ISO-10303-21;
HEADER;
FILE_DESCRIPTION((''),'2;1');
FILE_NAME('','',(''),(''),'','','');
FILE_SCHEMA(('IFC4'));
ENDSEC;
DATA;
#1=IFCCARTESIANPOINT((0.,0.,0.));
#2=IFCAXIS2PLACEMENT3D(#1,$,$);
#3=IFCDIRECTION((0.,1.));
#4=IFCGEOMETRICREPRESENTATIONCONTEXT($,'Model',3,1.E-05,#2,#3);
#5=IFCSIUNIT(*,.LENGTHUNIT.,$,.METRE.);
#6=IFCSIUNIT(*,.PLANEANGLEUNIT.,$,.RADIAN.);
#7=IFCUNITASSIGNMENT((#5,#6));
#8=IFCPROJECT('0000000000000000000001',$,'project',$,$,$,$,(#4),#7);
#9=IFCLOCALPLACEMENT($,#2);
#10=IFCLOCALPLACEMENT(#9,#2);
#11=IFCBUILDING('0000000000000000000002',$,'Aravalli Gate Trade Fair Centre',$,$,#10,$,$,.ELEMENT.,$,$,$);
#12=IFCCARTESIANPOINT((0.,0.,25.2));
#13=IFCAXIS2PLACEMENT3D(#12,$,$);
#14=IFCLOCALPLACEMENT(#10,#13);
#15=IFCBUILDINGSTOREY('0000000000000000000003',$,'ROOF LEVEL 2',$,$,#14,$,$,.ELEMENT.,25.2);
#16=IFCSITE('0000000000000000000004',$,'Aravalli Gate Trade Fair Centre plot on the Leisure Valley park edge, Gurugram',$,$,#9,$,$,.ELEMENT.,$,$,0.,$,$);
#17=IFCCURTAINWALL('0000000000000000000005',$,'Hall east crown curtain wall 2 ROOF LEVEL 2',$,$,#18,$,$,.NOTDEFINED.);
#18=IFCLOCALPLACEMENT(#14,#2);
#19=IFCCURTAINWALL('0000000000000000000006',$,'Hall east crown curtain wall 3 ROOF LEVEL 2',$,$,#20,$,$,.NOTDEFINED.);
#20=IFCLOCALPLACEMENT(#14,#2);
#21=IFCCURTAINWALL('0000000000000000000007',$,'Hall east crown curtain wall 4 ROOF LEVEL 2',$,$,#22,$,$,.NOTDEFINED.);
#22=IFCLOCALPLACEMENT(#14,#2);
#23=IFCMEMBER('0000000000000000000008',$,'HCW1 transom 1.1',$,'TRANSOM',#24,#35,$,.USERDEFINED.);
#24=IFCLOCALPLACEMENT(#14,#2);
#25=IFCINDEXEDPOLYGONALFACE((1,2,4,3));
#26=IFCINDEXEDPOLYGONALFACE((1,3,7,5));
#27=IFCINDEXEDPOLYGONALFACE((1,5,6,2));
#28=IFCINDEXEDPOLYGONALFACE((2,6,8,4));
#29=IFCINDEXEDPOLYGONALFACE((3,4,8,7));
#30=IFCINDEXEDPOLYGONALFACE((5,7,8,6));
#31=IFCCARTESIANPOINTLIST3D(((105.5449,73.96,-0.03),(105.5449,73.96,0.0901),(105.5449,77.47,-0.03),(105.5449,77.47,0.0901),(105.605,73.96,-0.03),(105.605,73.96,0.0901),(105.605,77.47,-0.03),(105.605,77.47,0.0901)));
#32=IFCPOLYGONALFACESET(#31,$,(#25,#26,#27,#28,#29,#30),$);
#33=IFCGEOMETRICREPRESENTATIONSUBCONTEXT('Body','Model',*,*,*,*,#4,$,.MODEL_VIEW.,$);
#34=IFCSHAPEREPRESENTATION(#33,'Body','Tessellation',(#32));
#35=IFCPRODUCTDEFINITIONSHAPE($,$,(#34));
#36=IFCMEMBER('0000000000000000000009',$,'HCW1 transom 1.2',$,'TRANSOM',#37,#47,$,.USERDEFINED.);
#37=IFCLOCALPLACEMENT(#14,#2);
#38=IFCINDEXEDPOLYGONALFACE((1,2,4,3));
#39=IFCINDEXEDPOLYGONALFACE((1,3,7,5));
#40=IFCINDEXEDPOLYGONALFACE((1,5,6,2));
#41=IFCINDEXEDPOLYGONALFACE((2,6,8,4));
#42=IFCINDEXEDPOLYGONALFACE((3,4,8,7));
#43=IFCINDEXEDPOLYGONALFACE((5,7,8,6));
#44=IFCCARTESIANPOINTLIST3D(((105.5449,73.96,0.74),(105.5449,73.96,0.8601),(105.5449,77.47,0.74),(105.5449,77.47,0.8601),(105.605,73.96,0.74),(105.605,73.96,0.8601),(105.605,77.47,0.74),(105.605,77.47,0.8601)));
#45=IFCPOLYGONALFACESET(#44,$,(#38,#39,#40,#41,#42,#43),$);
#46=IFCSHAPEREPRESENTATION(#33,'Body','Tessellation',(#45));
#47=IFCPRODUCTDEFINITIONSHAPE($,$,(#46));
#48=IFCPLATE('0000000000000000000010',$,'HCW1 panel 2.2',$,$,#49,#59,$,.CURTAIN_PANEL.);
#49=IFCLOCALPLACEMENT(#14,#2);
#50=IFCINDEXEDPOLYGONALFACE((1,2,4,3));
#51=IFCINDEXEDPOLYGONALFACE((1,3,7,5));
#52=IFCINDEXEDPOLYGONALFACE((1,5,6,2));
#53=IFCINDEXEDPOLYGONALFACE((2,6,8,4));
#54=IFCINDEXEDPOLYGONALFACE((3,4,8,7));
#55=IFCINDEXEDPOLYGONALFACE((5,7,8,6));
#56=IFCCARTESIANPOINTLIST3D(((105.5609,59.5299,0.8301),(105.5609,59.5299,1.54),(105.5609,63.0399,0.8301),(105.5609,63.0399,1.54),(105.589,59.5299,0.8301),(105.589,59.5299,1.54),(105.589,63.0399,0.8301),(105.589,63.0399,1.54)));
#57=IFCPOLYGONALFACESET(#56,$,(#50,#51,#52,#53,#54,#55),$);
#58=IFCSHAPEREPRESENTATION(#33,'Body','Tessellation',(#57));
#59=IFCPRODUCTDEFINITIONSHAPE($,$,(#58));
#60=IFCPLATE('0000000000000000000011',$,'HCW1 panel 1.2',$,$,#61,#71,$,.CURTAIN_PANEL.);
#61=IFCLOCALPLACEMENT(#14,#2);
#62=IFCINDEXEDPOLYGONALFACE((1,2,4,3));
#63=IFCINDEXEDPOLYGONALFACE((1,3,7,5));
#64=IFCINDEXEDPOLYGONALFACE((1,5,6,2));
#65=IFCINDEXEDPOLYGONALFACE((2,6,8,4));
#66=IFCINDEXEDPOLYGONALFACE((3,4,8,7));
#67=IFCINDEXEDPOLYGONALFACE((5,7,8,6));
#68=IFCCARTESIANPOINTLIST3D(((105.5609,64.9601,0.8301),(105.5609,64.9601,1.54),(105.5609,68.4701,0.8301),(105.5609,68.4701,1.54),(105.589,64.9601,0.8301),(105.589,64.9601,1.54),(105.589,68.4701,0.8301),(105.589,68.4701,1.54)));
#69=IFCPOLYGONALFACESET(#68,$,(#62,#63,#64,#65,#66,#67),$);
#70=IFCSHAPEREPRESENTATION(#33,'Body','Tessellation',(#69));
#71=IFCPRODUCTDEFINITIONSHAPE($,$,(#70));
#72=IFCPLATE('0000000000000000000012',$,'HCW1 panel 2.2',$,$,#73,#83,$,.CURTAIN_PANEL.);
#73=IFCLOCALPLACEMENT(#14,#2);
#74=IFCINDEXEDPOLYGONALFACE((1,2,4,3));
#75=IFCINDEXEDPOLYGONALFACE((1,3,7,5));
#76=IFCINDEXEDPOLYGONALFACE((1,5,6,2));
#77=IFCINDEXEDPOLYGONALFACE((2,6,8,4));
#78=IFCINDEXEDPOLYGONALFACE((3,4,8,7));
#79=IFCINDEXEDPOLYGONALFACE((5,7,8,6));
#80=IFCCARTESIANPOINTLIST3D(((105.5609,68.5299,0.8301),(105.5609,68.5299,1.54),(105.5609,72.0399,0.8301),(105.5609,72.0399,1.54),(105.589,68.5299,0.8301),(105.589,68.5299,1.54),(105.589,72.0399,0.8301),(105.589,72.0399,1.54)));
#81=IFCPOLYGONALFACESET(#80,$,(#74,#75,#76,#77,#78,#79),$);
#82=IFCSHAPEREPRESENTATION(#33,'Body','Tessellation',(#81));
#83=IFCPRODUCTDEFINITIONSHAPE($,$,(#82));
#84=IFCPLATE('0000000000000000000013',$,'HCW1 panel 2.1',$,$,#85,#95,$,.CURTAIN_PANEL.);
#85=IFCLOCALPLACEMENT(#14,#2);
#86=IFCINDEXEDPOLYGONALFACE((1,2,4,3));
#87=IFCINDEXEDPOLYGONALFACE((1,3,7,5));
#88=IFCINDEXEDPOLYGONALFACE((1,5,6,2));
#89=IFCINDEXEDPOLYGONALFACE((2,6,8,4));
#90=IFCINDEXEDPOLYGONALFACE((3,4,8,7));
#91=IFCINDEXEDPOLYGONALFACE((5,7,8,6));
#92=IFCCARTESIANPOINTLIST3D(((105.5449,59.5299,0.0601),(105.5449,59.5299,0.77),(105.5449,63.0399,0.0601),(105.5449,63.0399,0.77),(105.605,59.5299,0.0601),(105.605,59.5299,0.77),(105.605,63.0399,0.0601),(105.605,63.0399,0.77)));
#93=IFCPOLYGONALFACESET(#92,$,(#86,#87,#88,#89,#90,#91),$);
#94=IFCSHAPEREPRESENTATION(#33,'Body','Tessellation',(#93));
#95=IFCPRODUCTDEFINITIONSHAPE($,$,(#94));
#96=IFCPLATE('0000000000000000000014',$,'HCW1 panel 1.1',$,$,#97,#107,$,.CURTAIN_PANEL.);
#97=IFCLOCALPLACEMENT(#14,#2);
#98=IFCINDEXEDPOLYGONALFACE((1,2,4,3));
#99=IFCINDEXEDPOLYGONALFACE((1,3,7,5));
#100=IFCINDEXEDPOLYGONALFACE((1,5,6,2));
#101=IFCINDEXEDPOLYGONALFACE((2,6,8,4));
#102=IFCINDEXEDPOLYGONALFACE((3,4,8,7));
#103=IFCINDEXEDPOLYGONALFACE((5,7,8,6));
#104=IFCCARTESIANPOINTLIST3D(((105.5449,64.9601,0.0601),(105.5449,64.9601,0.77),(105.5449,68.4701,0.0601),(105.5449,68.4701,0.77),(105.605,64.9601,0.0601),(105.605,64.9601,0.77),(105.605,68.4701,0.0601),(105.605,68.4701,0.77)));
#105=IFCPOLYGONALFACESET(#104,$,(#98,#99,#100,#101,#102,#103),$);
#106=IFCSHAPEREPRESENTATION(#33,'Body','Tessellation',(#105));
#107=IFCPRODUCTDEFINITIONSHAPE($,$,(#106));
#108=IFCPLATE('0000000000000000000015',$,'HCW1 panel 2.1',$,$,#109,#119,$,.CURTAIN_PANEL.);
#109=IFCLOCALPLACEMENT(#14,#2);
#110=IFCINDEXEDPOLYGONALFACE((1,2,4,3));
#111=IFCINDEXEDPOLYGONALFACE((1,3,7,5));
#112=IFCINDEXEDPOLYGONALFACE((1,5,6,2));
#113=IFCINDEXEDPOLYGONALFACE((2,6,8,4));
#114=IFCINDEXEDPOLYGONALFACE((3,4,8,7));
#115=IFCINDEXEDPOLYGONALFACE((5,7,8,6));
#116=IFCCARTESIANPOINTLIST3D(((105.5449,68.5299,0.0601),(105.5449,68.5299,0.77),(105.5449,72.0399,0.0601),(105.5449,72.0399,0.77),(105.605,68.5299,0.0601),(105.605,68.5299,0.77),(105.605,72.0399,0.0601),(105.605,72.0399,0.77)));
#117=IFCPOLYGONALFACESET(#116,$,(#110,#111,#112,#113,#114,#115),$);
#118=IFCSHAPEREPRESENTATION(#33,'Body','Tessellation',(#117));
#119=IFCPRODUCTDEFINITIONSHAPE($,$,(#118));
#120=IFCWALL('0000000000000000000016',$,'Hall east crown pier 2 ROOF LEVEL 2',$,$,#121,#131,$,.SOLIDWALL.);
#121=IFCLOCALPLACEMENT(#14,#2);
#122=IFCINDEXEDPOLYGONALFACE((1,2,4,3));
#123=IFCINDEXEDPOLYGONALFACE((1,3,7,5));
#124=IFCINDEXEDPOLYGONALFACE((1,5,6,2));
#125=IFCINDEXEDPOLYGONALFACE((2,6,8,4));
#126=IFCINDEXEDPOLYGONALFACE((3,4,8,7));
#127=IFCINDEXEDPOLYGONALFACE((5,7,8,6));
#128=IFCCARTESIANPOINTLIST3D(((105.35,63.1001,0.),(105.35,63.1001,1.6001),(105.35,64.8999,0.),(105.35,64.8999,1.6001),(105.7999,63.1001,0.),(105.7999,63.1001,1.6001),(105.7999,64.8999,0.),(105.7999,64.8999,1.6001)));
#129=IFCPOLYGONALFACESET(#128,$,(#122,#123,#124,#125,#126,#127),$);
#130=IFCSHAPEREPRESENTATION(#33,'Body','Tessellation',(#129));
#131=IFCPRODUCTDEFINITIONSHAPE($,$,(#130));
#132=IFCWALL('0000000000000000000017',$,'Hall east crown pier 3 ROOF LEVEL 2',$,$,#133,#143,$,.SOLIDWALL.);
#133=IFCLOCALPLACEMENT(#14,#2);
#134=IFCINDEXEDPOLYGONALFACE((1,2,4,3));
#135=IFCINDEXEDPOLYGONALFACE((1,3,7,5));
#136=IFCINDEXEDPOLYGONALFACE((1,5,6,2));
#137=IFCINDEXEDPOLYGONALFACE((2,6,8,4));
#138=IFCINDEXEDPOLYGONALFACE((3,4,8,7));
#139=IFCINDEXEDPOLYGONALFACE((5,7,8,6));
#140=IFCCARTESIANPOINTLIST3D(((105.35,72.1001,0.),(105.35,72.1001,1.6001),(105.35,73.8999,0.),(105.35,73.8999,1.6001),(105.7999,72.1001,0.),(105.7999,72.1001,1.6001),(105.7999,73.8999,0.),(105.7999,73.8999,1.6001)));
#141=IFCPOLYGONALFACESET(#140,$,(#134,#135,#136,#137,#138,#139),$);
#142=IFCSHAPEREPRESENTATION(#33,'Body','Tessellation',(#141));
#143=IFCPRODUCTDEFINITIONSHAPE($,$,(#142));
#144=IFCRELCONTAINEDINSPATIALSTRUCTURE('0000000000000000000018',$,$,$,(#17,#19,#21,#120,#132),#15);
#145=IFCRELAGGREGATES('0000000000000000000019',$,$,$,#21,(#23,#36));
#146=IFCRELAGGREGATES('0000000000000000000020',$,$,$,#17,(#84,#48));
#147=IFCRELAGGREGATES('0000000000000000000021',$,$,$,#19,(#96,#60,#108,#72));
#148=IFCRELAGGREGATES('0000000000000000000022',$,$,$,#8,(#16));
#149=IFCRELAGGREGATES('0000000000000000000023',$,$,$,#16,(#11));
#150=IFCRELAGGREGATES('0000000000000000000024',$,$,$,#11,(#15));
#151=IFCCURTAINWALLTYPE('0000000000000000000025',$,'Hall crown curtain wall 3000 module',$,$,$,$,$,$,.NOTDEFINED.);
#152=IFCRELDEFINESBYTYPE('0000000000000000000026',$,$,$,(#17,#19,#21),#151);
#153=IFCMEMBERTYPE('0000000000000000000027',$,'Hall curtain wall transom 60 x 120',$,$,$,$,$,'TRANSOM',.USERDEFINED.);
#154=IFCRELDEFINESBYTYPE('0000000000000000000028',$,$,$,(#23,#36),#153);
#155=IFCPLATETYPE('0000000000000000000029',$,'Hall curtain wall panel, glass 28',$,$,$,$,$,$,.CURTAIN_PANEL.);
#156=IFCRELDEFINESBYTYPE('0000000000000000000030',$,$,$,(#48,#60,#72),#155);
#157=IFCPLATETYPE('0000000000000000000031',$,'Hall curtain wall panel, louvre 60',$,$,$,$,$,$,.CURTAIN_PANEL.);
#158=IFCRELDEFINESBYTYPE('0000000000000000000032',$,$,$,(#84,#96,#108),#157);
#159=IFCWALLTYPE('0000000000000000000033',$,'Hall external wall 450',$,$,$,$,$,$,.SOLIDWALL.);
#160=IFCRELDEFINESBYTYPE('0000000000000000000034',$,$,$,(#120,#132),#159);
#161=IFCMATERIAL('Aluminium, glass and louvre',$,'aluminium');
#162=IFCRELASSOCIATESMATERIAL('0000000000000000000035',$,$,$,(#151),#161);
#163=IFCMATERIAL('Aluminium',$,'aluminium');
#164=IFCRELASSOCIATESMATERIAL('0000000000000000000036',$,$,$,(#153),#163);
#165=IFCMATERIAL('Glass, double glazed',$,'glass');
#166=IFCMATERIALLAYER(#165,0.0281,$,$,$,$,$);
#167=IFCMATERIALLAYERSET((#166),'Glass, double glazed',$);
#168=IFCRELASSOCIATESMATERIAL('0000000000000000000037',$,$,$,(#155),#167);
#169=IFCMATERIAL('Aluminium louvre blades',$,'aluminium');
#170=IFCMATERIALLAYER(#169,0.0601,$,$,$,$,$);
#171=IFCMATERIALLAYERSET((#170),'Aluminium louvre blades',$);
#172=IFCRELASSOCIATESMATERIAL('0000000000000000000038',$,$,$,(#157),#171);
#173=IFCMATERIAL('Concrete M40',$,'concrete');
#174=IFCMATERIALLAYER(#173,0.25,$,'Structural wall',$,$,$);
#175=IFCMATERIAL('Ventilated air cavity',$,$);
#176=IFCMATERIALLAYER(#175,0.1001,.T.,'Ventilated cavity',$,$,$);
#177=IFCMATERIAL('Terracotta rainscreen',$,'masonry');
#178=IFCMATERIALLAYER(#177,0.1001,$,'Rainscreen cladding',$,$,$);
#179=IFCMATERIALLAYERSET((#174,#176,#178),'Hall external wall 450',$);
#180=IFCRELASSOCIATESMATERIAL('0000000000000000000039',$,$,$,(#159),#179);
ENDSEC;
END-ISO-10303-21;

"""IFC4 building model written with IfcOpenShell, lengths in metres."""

from ifc_helpers import new_model, si_unit, direction, frame, frame_2d, origin, origin_2d, place, context, subcontext, project, spatial, rectangle, extrude, material, layer, layer_set, material_profile, profile_set, type_object, element, aggregate, save


model = new_model("IFC4")

# Units and contexts
model_context = context("Model", 3, precision=1e-05, world=origin(), true_north=direction((0.0, 1.0)))
body_context = subcontext(model_context, "Body", "Model", "MODEL_VIEW")
ifc_project = project(units=[si_unit("LENGTHUNIT", "METRE"), si_unit("PLANEANGLEUNIT", "RADIAN")], contexts=[model_context])

# Site, building, storey
site_placement = place(None, origin())
site = spatial("IfcSite", under=ifc_project, at=site_placement, Name="Aravalli Gate Trade Fair Centre plot on the Leisure Valley park edge, Gurugram", CompositionType="ELEMENT", RefElevation=0.0)
building_placement = place(site_placement, origin())
building = spatial("IfcBuilding", under=site, at=building_placement, Name="Aravalli Gate Trade Fair Centre", CompositionType="ELEMENT")
storey_placement = place(building_placement, frame((0.0, 0.0, 25.2)))
storey = spatial("IfcBuildingStorey", under=building, at=storey_placement, Name="ROOF LEVEL 2", CompositionType="ELEMENT", Elevation=25.2)

# Curtain walls
ifc_material_1 = material(Name="Aluminium, glass and louvre", Category="aluminium")
curtain_wall_type = type_object("IfcCurtainWallType", Name="Hall crown curtain wall 3000 module", PredefinedType="NOTDEFINED", material=ifc_material_1)
curtain_wall_1_placement = place(storey_placement, origin())
curtain_wall_1 = element("IfcCurtainWall", 1, at=curtain_wall_1_placement, inside=storey, type_object=curtain_wall_type, Name="Hall east crown curtain wall 2 ROOF LEVEL 2", PredefinedType="NOTDEFINED")
ifc_material_2 = material(Name="Aluminium", Category="aluminium")
curtain_wall_2_placement = place(storey_placement, origin())
curtain_wall_2 = element("IfcCurtainWall", 2, at=curtain_wall_2_placement, inside=storey, type_object=curtain_wall_type, Name="Hall east crown curtain wall 3 ROOF LEVEL 2", PredefinedType="NOTDEFINED")

# Curtain wall
curtain_wall_3_placement = place(storey_placement, origin())
curtain_wall_3 = element("IfcCurtainWall", 3, at=curtain_wall_3_placement, inside=storey, type_object=curtain_wall_type, Name="Hall east crown curtain wall 4 ROOF LEVEL 2", PredefinedType="NOTDEFINED")

# Members
ifc_material_profile_1 = material_profile(ifc_material_2, rectangle(XDim=0.0601, YDim=0.1201, at=origin_2d()), Name="Hall curtain wall transom 60 x 120")
ifc_profile_set_1 = profile_set([ifc_material_profile_1], Name="Aluminium")
member_type_1 = type_object("IfcMemberType", Name="Hall curtain wall transom 60 x 120", ElementType="TRANSOM", PredefinedType="USERDEFINED", material=ifc_profile_set_1)
member_1_placement = place(storey_placement, frame((105.575, 73.96, 0.03), z_axis=(0.0, 1.0, 0.0), x_axis=(-1.0, 0.0, 0.0)))
member_1 = element("IfcMember", 4, at=member_1_placement, type_object=member_type_1, Name="HCW1 transom 1.1", ObjectType="TRANSOM", PredefinedType="USERDEFINED", context=body_context, shape_type="SweptSolid", body=[
    extrude(rectangle(XDim=0.0601, YDim=0.1201, at=origin_2d()), origin(), (0.0, 0.0, 1.0), 3.51),
])
member_2_placement = place(storey_placement, frame((105.575, 73.96, 0.8), z_axis=(0.0, 1.0, 0.0), x_axis=(-1.0, 0.0, 0.0)))
member_2 = element("IfcMember", 5, at=member_2_placement, type_object=member_type_1, Name="HCW1 transom 1.2", ObjectType="TRANSOM", PredefinedType="USERDEFINED", context=body_context, shape_type="SweptSolid", body=[
    extrude(rectangle(XDim=0.0601, YDim=0.1201, at=origin_2d()), origin(), (0.0, 0.0, 1.0), 3.51),
])
aggregate(curtain_wall_3, [member_1, member_2])

# Plates
ifc_material_3 = material(Name="Glass, double glazed", Category="glass")
ifc_layer_1 = layer(ifc_material_3, 0.0281)
ifc_layer_set_1 = layer_set([ifc_layer_1], Name="Glass, double glazed")
plate_type_1 = type_object("IfcPlateType", Name="Hall curtain wall panel, glass 28", PredefinedType="CURTAIN_PANEL", material=ifc_layer_set_1)
plate_1_placement = place(storey_placement, frame((105.575, 61.2849, 0.8301), z_axis=(0.0, 0.0, 1.0), x_axis=(0.0, 1.0, 0.0)))
plate_1 = element("IfcPlate", 6, at=plate_1_placement, type_object=plate_type_1, Name="HCW1 panel 2.2", PredefinedType="CURTAIN_PANEL", context=body_context, shape_type="SweptSolid", body=[
    extrude(rectangle(XDim=3.51, YDim=0.0281, at=origin_2d()), origin(), (0.0, 0.0, 1.0), 0.71),
])
plate_2_placement = place(storey_placement, frame((105.575, 66.7151, 0.8301), z_axis=(0.0, 0.0, 1.0), x_axis=(0.0, 1.0, 0.0)))
plate_2 = element("IfcPlate", 7, at=plate_2_placement, type_object=plate_type_1, Name="HCW1 panel 1.2", PredefinedType="CURTAIN_PANEL", context=body_context, shape_type="SweptSolid", body=[
    extrude(rectangle(XDim=3.51, YDim=0.0281, at=origin_2d()), origin(), (0.0, 0.0, 1.0), 0.71),
])
plate_3_placement = place(storey_placement, frame((105.575, 70.2849, 0.8301), z_axis=(0.0, 0.0, 1.0), x_axis=(0.0, 1.0, 0.0)))
plate_3 = element("IfcPlate", 8, at=plate_3_placement, type_object=plate_type_1, Name="HCW1 panel 2.2", PredefinedType="CURTAIN_PANEL", context=body_context, shape_type="SweptSolid", body=[
    extrude(rectangle(XDim=3.51, YDim=0.0281, at=origin_2d()), origin(), (0.0, 0.0, 1.0), 0.71),
])
ifc_material_4 = material(Name="Aluminium louvre blades", Category="aluminium")
ifc_layer_2 = layer(ifc_material_4, 0.0601)
ifc_layer_set_2 = layer_set([ifc_layer_2], Name="Aluminium louvre blades")
plate_type_2 = type_object("IfcPlateType", Name="Hall curtain wall panel, louvre 60", PredefinedType="CURTAIN_PANEL", material=ifc_layer_set_2)
plate_4_placement = place(storey_placement, frame((105.575, 61.2849, 0.0601), z_axis=(0.0, 0.0, 1.0), x_axis=(0.0, 1.0, 0.0)))
plate_4 = element("IfcPlate", 9, at=plate_4_placement, type_object=plate_type_2, Name="HCW1 panel 2.1", PredefinedType="CURTAIN_PANEL", context=body_context, shape_type="SweptSolid", body=[
    extrude(rectangle(XDim=3.51, YDim=0.0601, at=origin_2d()), origin(), (0.0, 0.0, 1.0), 0.71),
])
aggregate(curtain_wall_1, [plate_4, plate_1])
plate_5_placement = place(storey_placement, frame((105.575, 66.7151, 0.0601), z_axis=(0.0, 0.0, 1.0), x_axis=(0.0, 1.0, 0.0)))
plate_5 = element("IfcPlate", 10, at=plate_5_placement, type_object=plate_type_2, Name="HCW1 panel 1.1", PredefinedType="CURTAIN_PANEL", context=body_context, shape_type="SweptSolid", body=[
    extrude(rectangle(XDim=3.51, YDim=0.0601, at=origin_2d()), origin(), (0.0, 0.0, 1.0), 0.71),
])
plate_6_placement = place(storey_placement, frame((105.575, 70.2849, 0.0601), z_axis=(0.0, 0.0, 1.0), x_axis=(0.0, 1.0, 0.0)))
plate_6 = element("IfcPlate", 11, at=plate_6_placement, type_object=plate_type_2, Name="HCW1 panel 2.1", PredefinedType="CURTAIN_PANEL", context=body_context, shape_type="SweptSolid", body=[
    extrude(rectangle(XDim=3.51, YDim=0.0601, at=origin_2d()), origin(), (0.0, 0.0, 1.0), 0.71),
])
aggregate(curtain_wall_2, [plate_5, plate_2, plate_6, plate_3])

# Walls
ifc_material_5 = material(Name="Concrete M40", Category="concrete")
ifc_layer_3 = layer(ifc_material_5, 0.25, Name="Structural wall")
ifc_material_6 = material(Name="Ventilated air cavity")
ifc_layer_4 = layer(ifc_material_6, 0.1001, ventilated=True, Name="Ventilated cavity")
ifc_material_7 = material(Name="Terracotta rainscreen", Category="masonry")
ifc_layer_5 = layer(ifc_material_7, 0.1001, Name="Rainscreen cladding")
ifc_layer_set_3 = layer_set([ifc_layer_3, ifc_layer_4, ifc_layer_5], Name="Hall external wall 450")
wall_type = type_object("IfcWallType", Name="Hall external wall 450", PredefinedType="SOLIDWALL", material=ifc_layer_set_3)
for number, where, z_axis, x_axis, name in (
    (12, (105.575, 63.1001, 0.0), (0.0, 0.0, 1.0), (0.0, 1.0, 0.0), "Hall east crown pier 2 ROOF LEVEL 2"),
    (13, (105.575, 72.1001, 0.0), (0.0, 0.0, 1.0), (0.0, 1.0, 0.0), "Hall east crown pier 3 ROOF LEVEL 2"),
):
    element("IfcWall", number, at=place(storey_placement, frame(where, z_axis=z_axis, x_axis=x_axis)), inside=storey, type_object=wall_type, Name=name, PredefinedType="SOLIDWALL", context=body_context, shape_type="SweptSolid", body=[
        extrude(rectangle(XDim=1.7998, YDim=0.45, at=frame_2d((0.8999, 0.0))), origin(), (0.0, 0.0, 1.0), 1.6001),
    ])

save(model, "model.ifc")
